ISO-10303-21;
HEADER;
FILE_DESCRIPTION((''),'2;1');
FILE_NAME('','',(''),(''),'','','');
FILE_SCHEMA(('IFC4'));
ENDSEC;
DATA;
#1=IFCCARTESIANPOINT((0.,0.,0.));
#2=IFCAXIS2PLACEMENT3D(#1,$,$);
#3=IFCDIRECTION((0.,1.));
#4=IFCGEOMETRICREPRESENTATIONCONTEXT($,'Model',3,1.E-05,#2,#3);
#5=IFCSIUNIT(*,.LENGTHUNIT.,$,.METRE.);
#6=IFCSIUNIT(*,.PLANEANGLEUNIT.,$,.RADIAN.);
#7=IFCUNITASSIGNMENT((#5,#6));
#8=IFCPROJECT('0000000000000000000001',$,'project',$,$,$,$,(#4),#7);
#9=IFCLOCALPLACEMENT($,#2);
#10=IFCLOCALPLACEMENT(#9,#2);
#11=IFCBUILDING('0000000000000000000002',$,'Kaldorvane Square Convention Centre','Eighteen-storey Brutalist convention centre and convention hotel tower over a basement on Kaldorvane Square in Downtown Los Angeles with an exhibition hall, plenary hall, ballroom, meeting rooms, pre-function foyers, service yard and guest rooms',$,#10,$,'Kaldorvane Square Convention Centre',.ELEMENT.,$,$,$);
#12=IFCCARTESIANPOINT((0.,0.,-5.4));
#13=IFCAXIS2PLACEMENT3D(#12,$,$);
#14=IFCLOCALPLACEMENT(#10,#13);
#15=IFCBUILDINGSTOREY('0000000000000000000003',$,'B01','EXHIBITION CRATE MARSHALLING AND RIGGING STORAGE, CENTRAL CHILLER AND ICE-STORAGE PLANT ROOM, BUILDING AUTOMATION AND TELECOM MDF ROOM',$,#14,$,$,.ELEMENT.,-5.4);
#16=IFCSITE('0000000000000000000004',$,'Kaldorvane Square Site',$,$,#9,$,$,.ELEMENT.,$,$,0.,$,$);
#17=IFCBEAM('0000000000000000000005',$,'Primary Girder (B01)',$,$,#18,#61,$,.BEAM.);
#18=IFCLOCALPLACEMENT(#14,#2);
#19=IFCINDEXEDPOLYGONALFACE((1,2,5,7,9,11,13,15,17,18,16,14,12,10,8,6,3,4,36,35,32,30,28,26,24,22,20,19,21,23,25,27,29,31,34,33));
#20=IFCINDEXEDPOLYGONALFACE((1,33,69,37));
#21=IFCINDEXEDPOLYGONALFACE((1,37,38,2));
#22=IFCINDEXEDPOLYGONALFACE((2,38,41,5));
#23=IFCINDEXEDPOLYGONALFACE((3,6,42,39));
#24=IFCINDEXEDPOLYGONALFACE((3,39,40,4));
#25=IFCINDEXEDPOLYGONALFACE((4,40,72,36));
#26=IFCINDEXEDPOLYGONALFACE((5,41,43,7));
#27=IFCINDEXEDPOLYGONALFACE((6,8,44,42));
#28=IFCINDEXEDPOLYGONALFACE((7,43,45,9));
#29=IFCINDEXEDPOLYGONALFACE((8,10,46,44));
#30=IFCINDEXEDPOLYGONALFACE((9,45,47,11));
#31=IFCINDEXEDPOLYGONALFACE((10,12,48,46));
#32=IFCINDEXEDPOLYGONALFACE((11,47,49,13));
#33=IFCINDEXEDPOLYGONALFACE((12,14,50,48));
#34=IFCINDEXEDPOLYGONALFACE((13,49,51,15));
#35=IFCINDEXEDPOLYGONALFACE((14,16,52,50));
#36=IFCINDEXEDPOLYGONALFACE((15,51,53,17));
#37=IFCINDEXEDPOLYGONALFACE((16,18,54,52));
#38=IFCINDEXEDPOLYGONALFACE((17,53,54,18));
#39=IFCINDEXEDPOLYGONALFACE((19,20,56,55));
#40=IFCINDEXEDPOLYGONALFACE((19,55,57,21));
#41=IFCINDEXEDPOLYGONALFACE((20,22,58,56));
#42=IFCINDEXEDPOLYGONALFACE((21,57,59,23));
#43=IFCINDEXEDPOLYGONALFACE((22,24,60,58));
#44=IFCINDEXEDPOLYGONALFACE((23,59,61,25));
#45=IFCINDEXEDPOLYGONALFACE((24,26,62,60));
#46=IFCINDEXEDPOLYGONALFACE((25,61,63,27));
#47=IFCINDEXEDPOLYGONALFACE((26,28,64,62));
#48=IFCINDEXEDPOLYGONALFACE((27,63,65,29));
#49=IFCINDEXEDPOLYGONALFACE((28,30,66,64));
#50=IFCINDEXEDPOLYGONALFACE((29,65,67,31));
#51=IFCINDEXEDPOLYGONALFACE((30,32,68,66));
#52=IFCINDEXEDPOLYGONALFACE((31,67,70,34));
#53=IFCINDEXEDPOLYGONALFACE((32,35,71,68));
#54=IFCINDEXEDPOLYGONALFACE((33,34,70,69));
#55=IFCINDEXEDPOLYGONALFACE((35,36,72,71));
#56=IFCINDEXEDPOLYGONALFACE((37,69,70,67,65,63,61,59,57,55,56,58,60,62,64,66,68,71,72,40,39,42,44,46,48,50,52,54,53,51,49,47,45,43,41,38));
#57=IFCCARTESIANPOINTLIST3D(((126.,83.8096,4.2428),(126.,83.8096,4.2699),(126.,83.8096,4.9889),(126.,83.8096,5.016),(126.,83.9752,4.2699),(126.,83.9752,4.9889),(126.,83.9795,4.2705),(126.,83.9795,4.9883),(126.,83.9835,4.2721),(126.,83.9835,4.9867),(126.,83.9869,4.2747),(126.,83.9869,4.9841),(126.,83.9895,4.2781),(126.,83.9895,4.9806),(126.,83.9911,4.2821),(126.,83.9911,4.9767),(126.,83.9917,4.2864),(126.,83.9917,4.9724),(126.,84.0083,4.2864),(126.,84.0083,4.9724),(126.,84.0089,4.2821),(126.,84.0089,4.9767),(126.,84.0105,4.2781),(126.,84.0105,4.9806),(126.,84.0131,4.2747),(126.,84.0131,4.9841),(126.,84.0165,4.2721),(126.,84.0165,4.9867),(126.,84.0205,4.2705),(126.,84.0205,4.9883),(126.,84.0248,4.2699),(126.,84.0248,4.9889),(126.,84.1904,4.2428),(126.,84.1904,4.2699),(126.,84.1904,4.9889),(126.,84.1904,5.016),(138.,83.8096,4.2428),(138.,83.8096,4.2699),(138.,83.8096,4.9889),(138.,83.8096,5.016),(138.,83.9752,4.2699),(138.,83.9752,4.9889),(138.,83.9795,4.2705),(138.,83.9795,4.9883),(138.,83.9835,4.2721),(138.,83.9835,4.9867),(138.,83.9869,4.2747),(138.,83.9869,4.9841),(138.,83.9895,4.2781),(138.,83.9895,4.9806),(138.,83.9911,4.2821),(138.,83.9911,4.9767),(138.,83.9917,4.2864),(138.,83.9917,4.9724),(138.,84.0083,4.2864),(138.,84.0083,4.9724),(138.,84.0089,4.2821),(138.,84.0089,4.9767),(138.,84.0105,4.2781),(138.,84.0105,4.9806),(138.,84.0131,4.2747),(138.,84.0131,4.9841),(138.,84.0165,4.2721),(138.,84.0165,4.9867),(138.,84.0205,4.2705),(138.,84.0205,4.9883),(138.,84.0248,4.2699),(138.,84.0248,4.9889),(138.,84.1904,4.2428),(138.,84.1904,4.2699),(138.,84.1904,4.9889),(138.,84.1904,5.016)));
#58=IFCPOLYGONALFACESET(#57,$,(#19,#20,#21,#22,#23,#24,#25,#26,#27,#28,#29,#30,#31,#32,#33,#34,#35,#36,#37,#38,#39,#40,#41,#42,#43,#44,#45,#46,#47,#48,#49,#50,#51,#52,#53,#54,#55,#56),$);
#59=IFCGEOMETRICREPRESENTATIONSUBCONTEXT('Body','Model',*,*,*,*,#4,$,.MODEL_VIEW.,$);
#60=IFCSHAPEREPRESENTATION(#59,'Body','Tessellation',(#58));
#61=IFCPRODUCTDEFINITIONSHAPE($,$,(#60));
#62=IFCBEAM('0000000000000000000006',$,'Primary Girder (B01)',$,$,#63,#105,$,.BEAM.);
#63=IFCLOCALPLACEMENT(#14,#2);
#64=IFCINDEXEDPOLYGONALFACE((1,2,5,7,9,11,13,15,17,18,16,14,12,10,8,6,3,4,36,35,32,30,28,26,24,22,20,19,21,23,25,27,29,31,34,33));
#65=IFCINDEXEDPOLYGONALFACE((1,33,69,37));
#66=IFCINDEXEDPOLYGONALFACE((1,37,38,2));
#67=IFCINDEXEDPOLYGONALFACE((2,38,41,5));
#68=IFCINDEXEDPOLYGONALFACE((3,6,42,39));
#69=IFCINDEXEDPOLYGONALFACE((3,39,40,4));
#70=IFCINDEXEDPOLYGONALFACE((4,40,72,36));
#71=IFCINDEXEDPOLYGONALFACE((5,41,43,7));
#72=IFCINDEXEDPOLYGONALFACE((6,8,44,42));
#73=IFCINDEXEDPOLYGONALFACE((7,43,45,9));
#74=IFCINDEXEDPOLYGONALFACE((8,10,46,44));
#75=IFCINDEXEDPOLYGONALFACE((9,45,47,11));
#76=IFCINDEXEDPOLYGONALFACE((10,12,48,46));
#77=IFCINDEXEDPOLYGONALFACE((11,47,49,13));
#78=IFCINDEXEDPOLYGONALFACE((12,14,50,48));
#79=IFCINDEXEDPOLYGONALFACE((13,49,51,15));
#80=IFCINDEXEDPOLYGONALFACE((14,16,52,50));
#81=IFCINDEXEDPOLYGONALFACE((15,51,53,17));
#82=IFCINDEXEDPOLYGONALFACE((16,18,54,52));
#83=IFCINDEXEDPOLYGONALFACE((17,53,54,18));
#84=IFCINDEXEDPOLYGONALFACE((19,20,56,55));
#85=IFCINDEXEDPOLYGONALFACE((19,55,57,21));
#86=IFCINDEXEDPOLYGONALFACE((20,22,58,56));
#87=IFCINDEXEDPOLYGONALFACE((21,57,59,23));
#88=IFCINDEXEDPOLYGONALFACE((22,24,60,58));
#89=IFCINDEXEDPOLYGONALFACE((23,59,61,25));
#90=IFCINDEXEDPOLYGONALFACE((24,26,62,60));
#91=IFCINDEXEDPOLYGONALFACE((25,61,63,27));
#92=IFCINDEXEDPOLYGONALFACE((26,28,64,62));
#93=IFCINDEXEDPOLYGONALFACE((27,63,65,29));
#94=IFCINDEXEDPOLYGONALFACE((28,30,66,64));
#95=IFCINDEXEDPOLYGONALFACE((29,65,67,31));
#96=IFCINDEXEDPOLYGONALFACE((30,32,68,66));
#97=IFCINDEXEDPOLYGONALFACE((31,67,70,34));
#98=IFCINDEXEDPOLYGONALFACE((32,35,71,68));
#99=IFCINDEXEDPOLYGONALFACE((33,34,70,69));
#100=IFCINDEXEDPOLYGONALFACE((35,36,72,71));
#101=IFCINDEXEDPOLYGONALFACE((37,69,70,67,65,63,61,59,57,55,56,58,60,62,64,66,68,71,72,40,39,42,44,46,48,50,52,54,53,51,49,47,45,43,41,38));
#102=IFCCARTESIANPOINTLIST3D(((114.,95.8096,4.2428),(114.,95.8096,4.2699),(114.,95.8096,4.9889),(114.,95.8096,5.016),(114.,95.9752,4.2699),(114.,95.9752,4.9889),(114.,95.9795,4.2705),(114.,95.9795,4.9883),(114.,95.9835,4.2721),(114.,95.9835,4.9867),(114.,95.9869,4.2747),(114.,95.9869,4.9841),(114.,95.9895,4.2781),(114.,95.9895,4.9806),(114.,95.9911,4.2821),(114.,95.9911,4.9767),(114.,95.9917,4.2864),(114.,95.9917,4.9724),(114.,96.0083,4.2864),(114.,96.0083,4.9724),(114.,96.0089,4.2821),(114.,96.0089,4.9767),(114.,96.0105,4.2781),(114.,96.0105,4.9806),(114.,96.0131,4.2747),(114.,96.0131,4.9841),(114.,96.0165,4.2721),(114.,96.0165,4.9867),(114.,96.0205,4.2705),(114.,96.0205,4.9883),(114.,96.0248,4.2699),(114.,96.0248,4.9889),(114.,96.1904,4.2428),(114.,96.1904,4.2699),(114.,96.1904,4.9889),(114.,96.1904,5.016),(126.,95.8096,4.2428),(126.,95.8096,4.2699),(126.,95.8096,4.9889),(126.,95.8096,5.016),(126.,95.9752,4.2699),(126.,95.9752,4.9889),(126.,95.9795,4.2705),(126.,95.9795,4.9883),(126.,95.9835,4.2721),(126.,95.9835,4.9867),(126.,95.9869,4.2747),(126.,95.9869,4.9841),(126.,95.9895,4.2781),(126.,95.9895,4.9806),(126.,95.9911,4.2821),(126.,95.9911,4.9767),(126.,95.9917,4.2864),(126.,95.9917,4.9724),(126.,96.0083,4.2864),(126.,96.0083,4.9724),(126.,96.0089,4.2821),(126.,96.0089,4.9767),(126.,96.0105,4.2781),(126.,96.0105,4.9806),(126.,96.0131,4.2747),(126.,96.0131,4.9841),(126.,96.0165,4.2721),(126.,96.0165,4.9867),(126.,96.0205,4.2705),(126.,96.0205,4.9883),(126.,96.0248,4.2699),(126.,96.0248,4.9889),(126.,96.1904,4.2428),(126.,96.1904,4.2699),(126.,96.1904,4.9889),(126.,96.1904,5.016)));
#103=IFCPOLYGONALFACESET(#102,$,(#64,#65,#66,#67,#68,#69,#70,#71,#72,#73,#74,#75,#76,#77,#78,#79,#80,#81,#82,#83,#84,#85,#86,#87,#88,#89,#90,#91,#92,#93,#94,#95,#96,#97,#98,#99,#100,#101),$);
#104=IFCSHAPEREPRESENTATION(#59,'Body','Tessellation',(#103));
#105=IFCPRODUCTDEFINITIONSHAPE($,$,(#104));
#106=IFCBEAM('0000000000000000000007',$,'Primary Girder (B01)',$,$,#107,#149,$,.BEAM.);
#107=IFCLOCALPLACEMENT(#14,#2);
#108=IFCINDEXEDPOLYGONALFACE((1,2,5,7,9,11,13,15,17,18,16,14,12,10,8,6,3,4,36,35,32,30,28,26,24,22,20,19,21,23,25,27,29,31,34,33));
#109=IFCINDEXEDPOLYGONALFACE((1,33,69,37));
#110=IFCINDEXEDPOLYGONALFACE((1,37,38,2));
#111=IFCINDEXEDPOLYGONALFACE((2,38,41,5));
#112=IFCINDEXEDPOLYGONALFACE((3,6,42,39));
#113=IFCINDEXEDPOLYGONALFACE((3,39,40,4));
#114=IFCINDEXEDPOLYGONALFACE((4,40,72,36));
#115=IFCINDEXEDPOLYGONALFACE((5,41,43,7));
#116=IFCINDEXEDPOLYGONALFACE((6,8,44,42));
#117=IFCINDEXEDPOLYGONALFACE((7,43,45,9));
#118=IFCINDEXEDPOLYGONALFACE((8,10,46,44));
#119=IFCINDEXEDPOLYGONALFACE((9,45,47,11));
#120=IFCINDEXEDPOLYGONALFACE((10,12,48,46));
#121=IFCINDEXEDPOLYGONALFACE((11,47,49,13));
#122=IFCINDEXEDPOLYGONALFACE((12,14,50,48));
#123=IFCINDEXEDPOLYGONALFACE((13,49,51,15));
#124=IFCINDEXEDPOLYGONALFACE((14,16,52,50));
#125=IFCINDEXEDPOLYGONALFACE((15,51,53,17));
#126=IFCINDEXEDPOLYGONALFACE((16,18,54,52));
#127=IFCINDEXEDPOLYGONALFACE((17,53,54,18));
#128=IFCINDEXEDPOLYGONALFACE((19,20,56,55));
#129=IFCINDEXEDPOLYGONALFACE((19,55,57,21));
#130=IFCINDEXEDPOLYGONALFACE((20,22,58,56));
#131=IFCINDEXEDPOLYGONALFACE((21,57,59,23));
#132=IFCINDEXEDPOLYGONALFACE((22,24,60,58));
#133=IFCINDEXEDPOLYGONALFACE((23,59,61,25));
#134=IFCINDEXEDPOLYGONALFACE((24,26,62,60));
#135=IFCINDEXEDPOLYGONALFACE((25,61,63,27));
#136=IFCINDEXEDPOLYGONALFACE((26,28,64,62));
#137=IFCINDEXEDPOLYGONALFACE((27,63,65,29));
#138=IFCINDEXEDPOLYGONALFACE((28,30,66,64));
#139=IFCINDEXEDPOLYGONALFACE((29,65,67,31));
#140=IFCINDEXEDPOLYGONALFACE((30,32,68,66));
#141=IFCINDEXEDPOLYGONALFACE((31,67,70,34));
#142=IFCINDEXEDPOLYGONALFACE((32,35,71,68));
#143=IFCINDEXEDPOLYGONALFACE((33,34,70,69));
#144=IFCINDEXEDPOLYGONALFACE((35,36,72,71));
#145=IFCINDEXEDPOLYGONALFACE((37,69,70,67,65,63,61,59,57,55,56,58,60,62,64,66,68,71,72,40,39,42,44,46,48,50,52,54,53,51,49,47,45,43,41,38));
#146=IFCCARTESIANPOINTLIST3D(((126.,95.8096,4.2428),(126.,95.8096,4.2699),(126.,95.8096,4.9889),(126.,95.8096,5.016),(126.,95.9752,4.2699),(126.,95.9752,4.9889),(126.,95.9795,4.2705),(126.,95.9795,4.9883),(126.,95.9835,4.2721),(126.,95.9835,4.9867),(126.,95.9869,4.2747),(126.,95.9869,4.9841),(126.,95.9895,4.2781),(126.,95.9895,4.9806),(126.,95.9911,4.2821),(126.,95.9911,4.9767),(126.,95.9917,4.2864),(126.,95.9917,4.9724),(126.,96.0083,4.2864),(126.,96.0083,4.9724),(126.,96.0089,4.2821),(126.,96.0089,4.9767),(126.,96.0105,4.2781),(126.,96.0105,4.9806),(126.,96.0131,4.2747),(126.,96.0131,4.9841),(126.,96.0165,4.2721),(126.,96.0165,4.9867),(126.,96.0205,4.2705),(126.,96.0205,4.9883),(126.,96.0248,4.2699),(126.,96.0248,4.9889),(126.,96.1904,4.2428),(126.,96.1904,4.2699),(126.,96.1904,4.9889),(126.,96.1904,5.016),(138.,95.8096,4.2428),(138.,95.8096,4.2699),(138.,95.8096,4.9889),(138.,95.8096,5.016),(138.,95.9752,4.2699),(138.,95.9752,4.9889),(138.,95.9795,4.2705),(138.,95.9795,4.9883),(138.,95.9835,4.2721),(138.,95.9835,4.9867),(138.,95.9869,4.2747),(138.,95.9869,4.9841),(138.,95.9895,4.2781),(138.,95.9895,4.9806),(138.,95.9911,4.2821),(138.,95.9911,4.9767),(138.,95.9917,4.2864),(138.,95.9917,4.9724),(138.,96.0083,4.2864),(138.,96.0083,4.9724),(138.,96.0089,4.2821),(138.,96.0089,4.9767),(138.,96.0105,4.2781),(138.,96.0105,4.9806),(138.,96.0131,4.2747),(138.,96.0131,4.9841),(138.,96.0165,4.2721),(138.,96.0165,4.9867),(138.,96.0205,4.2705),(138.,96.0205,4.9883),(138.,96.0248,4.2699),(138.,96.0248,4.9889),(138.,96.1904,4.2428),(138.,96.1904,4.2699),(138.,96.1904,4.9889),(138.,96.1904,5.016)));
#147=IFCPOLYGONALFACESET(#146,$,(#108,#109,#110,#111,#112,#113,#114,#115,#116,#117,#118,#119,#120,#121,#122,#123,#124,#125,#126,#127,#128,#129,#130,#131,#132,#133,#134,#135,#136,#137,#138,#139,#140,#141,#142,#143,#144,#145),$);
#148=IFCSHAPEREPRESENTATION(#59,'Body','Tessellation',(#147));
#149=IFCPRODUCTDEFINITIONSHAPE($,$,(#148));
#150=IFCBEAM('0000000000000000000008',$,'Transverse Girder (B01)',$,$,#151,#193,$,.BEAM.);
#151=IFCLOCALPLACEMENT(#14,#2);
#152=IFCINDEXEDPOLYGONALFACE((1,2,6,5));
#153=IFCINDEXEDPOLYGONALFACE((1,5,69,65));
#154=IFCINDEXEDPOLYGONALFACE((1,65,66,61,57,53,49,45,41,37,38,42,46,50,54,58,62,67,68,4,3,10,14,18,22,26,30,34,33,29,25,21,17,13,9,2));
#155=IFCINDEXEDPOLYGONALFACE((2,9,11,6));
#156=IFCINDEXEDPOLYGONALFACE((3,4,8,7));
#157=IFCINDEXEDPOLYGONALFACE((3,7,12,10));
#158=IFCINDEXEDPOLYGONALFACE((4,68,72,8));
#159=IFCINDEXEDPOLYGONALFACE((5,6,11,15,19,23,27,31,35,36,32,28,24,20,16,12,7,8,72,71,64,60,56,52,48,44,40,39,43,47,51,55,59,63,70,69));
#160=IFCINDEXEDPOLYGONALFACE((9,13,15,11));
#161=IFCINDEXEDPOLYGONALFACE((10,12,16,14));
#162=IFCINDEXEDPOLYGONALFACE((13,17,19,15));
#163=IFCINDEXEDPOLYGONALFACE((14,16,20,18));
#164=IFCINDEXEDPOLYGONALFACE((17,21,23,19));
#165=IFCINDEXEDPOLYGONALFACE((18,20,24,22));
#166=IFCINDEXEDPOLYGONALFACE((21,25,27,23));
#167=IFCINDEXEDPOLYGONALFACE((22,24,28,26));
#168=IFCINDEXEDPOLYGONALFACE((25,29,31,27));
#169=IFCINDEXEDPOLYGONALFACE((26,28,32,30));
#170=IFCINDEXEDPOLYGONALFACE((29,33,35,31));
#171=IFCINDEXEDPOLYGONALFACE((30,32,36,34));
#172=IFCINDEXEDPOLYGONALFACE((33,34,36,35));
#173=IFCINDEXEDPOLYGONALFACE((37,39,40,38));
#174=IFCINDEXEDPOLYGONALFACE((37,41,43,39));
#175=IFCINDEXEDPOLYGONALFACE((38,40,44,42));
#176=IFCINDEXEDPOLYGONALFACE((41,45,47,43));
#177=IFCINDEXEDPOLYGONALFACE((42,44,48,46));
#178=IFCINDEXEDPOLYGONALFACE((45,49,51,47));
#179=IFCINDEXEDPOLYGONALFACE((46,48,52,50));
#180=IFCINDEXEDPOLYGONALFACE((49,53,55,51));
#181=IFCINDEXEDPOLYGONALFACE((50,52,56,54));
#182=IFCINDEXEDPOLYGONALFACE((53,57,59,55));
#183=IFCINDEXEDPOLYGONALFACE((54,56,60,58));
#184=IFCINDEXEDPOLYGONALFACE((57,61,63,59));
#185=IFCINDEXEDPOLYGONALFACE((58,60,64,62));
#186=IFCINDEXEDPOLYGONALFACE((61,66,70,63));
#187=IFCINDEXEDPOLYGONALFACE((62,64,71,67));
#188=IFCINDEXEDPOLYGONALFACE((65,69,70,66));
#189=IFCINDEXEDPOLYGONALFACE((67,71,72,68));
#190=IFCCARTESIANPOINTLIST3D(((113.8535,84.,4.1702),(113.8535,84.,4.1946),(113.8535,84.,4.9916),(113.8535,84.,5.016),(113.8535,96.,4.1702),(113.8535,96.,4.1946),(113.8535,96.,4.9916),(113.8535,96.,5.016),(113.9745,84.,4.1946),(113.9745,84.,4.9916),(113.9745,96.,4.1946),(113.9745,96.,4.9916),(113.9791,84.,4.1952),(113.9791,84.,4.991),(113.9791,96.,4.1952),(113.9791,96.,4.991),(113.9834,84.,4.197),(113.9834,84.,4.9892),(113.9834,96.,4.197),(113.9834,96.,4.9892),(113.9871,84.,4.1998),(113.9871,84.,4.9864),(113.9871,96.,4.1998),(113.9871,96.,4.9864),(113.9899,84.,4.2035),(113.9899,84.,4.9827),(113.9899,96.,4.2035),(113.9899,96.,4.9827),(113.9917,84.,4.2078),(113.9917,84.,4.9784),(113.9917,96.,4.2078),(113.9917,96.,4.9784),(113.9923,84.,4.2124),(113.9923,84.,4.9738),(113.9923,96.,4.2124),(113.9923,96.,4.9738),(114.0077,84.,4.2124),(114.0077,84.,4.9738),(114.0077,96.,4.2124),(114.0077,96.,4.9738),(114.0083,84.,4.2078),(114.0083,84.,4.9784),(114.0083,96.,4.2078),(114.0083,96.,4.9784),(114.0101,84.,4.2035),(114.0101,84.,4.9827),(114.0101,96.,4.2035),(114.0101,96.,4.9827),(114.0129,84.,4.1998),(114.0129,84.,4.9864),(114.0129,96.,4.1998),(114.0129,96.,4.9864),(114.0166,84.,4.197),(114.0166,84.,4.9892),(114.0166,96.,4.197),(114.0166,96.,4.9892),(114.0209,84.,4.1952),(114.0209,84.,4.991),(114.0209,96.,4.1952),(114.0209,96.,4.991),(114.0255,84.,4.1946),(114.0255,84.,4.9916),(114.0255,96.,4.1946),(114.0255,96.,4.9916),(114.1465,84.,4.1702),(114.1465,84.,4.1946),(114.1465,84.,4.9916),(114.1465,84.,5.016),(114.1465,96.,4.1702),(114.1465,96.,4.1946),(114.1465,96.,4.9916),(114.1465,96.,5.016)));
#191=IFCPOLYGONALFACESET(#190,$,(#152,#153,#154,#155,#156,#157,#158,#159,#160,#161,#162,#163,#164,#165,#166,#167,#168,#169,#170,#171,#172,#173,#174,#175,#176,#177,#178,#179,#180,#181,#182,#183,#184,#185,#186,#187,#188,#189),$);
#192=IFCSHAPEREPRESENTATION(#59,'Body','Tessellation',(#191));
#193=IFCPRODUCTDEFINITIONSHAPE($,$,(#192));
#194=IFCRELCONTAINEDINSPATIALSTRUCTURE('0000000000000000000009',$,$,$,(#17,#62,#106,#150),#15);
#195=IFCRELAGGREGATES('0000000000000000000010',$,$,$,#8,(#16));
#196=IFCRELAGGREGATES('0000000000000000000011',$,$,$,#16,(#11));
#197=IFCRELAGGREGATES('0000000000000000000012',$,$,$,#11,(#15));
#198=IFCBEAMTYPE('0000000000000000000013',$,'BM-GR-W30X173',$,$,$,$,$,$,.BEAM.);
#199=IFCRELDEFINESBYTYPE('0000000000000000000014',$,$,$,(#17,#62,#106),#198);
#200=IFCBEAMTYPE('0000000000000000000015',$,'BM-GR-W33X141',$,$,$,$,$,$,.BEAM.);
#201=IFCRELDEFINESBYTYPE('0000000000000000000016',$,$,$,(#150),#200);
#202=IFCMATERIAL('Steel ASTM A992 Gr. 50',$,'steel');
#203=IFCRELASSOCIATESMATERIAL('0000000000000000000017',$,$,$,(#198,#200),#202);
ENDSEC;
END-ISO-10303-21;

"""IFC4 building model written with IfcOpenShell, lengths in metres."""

from ifc_helpers import new_model, si_unit, direction, frame, origin, origin_2d, place, context, subcontext, project, spatial, i_section, extrude, material, material_profile, profile_set, type_object, element, save


model = new_model("IFC4")

# Units and contexts
model_context = context("Model", 3, precision=1e-05, world=origin(), true_north=direction((0.0, 1.0)))
body_context = subcontext(model_context, "Body", "Model", "MODEL_VIEW")
ifc_project = project(units=[si_unit("LENGTHUNIT", "METRE"), si_unit("PLANEANGLEUNIT", "RADIAN")], contexts=[model_context])

# Site, building, storey
site_placement = place(None, origin())
site = spatial("IfcSite", under=ifc_project, at=site_placement, Name="Kaldorvane Square Site", CompositionType="ELEMENT", RefElevation=0.0)
building_placement = place(site_placement, origin())
building = spatial("IfcBuilding", under=site, at=building_placement, Name="Kaldorvane Square Convention Centre", Description="Eighteen-storey Brutalist convention centre and convention hotel tower over a basement on Kaldorvane Square in Downtown Los Angeles with an exhibition hall, plenary hall, ballroom, meeting rooms, pre-function foyers, service yard and guest rooms", LongName="Kaldorvane Square Convention Centre", CompositionType="ELEMENT")
storey_placement = place(building_placement, frame((0.0, 0.0, -5.4)))
storey = spatial("IfcBuildingStorey", under=building, at=storey_placement, Name="B01", Description="EXHIBITION CRATE MARSHALLING AND RIGGING STORAGE, CENTRAL CHILLER AND ICE-STORAGE PLANT ROOM, BUILDING AUTOMATION AND TELECOM MDF ROOM", CompositionType="ELEMENT", Elevation=-5.4)

# Shared definitions
ifc_material_1 = material(Name="Steel ASTM A992 Gr. 50", Category="steel")

# Beams
ifc_material_profile_1 = material_profile(ifc_material_1, i_section(OverallWidth=0.3807, OverallDepth=0.7732, WebThickness=0.0166, FlangeThickness=0.0271, FilletRadius=0.0165, at=origin_2d()), Name="W30X173")
ifc_profile_set_1 = profile_set([ifc_material_profile_1], Name="Steel ASTM A992 Gr. 50")
beam_type_1 = type_object("IfcBeamType", Name="BM-GR-W30X173", PredefinedType="BEAM", material=ifc_profile_set_1)
for number, where, z_axis, x_axis, name in (
    (1, (126.0, 84.0, 4.6294), (1.0, 0.0, 0.0), (0.0, 1.0, 0.0), "Primary Girder (B01)"),
    (2, (114.0, 96.0, 4.6294), (1.0, 0.0, 0.0), (0.0, 1.0, 0.0), "Primary Girder (B01)"),
    (3, (126.0, 96.0, 4.6294), (1.0, 0.0, 0.0), (0.0, 1.0, 0.0), "Primary Girder (B01)"),
):
    element("IfcBeam", number, at=place(storey_placement, frame(where, z_axis=z_axis, x_axis=x_axis)), inside=storey, type_object=beam_type_1, Name=name, PredefinedType="BEAM", context=body_context, shape_type="SweptSolid", body=[
        extrude(i_section(OverallWidth=0.3807, OverallDepth=0.7732, WebThickness=0.0166, FlangeThickness=0.0271, FilletRadius=0.0165, at=origin_2d()), origin(), (0.0, 0.0, 1.0), 12.0),
    ])
ifc_material_profile_2 = material_profile(ifc_material_1, i_section(OverallWidth=0.293, OverallDepth=0.8458, WebThickness=0.0154, FlangeThickness=0.0244, FilletRadius=0.0178, at=origin_2d()), Name="W33X141")
ifc_profile_set_2 = profile_set([ifc_material_profile_2], Name="Steel ASTM A992 Gr. 50")
beam_type_2 = type_object("IfcBeamType", Name="BM-GR-W33X141", PredefinedType="BEAM", material=ifc_profile_set_2)
for number, where, z_axis, x_axis, name in (
    (4, (114.0, 84.0, 4.5931), (0.0, 1.0, 0.0), (-1.0, 0.0, 0.0), "Transverse Girder (B01)"),
):
    element("IfcBeam", number, at=place(storey_placement, frame(where, z_axis=z_axis, x_axis=x_axis)), inside=storey, type_object=beam_type_2, Name=name, PredefinedType="BEAM", context=body_context, shape_type="SweptSolid", body=[
        extrude(i_section(OverallWidth=0.293, OverallDepth=0.8458, WebThickness=0.0154, FlangeThickness=0.0244, FilletRadius=0.0178, at=origin_2d()), origin(), (0.0, 0.0, 1.0), 12.0),
    ])

save(model, "model.ifc")
